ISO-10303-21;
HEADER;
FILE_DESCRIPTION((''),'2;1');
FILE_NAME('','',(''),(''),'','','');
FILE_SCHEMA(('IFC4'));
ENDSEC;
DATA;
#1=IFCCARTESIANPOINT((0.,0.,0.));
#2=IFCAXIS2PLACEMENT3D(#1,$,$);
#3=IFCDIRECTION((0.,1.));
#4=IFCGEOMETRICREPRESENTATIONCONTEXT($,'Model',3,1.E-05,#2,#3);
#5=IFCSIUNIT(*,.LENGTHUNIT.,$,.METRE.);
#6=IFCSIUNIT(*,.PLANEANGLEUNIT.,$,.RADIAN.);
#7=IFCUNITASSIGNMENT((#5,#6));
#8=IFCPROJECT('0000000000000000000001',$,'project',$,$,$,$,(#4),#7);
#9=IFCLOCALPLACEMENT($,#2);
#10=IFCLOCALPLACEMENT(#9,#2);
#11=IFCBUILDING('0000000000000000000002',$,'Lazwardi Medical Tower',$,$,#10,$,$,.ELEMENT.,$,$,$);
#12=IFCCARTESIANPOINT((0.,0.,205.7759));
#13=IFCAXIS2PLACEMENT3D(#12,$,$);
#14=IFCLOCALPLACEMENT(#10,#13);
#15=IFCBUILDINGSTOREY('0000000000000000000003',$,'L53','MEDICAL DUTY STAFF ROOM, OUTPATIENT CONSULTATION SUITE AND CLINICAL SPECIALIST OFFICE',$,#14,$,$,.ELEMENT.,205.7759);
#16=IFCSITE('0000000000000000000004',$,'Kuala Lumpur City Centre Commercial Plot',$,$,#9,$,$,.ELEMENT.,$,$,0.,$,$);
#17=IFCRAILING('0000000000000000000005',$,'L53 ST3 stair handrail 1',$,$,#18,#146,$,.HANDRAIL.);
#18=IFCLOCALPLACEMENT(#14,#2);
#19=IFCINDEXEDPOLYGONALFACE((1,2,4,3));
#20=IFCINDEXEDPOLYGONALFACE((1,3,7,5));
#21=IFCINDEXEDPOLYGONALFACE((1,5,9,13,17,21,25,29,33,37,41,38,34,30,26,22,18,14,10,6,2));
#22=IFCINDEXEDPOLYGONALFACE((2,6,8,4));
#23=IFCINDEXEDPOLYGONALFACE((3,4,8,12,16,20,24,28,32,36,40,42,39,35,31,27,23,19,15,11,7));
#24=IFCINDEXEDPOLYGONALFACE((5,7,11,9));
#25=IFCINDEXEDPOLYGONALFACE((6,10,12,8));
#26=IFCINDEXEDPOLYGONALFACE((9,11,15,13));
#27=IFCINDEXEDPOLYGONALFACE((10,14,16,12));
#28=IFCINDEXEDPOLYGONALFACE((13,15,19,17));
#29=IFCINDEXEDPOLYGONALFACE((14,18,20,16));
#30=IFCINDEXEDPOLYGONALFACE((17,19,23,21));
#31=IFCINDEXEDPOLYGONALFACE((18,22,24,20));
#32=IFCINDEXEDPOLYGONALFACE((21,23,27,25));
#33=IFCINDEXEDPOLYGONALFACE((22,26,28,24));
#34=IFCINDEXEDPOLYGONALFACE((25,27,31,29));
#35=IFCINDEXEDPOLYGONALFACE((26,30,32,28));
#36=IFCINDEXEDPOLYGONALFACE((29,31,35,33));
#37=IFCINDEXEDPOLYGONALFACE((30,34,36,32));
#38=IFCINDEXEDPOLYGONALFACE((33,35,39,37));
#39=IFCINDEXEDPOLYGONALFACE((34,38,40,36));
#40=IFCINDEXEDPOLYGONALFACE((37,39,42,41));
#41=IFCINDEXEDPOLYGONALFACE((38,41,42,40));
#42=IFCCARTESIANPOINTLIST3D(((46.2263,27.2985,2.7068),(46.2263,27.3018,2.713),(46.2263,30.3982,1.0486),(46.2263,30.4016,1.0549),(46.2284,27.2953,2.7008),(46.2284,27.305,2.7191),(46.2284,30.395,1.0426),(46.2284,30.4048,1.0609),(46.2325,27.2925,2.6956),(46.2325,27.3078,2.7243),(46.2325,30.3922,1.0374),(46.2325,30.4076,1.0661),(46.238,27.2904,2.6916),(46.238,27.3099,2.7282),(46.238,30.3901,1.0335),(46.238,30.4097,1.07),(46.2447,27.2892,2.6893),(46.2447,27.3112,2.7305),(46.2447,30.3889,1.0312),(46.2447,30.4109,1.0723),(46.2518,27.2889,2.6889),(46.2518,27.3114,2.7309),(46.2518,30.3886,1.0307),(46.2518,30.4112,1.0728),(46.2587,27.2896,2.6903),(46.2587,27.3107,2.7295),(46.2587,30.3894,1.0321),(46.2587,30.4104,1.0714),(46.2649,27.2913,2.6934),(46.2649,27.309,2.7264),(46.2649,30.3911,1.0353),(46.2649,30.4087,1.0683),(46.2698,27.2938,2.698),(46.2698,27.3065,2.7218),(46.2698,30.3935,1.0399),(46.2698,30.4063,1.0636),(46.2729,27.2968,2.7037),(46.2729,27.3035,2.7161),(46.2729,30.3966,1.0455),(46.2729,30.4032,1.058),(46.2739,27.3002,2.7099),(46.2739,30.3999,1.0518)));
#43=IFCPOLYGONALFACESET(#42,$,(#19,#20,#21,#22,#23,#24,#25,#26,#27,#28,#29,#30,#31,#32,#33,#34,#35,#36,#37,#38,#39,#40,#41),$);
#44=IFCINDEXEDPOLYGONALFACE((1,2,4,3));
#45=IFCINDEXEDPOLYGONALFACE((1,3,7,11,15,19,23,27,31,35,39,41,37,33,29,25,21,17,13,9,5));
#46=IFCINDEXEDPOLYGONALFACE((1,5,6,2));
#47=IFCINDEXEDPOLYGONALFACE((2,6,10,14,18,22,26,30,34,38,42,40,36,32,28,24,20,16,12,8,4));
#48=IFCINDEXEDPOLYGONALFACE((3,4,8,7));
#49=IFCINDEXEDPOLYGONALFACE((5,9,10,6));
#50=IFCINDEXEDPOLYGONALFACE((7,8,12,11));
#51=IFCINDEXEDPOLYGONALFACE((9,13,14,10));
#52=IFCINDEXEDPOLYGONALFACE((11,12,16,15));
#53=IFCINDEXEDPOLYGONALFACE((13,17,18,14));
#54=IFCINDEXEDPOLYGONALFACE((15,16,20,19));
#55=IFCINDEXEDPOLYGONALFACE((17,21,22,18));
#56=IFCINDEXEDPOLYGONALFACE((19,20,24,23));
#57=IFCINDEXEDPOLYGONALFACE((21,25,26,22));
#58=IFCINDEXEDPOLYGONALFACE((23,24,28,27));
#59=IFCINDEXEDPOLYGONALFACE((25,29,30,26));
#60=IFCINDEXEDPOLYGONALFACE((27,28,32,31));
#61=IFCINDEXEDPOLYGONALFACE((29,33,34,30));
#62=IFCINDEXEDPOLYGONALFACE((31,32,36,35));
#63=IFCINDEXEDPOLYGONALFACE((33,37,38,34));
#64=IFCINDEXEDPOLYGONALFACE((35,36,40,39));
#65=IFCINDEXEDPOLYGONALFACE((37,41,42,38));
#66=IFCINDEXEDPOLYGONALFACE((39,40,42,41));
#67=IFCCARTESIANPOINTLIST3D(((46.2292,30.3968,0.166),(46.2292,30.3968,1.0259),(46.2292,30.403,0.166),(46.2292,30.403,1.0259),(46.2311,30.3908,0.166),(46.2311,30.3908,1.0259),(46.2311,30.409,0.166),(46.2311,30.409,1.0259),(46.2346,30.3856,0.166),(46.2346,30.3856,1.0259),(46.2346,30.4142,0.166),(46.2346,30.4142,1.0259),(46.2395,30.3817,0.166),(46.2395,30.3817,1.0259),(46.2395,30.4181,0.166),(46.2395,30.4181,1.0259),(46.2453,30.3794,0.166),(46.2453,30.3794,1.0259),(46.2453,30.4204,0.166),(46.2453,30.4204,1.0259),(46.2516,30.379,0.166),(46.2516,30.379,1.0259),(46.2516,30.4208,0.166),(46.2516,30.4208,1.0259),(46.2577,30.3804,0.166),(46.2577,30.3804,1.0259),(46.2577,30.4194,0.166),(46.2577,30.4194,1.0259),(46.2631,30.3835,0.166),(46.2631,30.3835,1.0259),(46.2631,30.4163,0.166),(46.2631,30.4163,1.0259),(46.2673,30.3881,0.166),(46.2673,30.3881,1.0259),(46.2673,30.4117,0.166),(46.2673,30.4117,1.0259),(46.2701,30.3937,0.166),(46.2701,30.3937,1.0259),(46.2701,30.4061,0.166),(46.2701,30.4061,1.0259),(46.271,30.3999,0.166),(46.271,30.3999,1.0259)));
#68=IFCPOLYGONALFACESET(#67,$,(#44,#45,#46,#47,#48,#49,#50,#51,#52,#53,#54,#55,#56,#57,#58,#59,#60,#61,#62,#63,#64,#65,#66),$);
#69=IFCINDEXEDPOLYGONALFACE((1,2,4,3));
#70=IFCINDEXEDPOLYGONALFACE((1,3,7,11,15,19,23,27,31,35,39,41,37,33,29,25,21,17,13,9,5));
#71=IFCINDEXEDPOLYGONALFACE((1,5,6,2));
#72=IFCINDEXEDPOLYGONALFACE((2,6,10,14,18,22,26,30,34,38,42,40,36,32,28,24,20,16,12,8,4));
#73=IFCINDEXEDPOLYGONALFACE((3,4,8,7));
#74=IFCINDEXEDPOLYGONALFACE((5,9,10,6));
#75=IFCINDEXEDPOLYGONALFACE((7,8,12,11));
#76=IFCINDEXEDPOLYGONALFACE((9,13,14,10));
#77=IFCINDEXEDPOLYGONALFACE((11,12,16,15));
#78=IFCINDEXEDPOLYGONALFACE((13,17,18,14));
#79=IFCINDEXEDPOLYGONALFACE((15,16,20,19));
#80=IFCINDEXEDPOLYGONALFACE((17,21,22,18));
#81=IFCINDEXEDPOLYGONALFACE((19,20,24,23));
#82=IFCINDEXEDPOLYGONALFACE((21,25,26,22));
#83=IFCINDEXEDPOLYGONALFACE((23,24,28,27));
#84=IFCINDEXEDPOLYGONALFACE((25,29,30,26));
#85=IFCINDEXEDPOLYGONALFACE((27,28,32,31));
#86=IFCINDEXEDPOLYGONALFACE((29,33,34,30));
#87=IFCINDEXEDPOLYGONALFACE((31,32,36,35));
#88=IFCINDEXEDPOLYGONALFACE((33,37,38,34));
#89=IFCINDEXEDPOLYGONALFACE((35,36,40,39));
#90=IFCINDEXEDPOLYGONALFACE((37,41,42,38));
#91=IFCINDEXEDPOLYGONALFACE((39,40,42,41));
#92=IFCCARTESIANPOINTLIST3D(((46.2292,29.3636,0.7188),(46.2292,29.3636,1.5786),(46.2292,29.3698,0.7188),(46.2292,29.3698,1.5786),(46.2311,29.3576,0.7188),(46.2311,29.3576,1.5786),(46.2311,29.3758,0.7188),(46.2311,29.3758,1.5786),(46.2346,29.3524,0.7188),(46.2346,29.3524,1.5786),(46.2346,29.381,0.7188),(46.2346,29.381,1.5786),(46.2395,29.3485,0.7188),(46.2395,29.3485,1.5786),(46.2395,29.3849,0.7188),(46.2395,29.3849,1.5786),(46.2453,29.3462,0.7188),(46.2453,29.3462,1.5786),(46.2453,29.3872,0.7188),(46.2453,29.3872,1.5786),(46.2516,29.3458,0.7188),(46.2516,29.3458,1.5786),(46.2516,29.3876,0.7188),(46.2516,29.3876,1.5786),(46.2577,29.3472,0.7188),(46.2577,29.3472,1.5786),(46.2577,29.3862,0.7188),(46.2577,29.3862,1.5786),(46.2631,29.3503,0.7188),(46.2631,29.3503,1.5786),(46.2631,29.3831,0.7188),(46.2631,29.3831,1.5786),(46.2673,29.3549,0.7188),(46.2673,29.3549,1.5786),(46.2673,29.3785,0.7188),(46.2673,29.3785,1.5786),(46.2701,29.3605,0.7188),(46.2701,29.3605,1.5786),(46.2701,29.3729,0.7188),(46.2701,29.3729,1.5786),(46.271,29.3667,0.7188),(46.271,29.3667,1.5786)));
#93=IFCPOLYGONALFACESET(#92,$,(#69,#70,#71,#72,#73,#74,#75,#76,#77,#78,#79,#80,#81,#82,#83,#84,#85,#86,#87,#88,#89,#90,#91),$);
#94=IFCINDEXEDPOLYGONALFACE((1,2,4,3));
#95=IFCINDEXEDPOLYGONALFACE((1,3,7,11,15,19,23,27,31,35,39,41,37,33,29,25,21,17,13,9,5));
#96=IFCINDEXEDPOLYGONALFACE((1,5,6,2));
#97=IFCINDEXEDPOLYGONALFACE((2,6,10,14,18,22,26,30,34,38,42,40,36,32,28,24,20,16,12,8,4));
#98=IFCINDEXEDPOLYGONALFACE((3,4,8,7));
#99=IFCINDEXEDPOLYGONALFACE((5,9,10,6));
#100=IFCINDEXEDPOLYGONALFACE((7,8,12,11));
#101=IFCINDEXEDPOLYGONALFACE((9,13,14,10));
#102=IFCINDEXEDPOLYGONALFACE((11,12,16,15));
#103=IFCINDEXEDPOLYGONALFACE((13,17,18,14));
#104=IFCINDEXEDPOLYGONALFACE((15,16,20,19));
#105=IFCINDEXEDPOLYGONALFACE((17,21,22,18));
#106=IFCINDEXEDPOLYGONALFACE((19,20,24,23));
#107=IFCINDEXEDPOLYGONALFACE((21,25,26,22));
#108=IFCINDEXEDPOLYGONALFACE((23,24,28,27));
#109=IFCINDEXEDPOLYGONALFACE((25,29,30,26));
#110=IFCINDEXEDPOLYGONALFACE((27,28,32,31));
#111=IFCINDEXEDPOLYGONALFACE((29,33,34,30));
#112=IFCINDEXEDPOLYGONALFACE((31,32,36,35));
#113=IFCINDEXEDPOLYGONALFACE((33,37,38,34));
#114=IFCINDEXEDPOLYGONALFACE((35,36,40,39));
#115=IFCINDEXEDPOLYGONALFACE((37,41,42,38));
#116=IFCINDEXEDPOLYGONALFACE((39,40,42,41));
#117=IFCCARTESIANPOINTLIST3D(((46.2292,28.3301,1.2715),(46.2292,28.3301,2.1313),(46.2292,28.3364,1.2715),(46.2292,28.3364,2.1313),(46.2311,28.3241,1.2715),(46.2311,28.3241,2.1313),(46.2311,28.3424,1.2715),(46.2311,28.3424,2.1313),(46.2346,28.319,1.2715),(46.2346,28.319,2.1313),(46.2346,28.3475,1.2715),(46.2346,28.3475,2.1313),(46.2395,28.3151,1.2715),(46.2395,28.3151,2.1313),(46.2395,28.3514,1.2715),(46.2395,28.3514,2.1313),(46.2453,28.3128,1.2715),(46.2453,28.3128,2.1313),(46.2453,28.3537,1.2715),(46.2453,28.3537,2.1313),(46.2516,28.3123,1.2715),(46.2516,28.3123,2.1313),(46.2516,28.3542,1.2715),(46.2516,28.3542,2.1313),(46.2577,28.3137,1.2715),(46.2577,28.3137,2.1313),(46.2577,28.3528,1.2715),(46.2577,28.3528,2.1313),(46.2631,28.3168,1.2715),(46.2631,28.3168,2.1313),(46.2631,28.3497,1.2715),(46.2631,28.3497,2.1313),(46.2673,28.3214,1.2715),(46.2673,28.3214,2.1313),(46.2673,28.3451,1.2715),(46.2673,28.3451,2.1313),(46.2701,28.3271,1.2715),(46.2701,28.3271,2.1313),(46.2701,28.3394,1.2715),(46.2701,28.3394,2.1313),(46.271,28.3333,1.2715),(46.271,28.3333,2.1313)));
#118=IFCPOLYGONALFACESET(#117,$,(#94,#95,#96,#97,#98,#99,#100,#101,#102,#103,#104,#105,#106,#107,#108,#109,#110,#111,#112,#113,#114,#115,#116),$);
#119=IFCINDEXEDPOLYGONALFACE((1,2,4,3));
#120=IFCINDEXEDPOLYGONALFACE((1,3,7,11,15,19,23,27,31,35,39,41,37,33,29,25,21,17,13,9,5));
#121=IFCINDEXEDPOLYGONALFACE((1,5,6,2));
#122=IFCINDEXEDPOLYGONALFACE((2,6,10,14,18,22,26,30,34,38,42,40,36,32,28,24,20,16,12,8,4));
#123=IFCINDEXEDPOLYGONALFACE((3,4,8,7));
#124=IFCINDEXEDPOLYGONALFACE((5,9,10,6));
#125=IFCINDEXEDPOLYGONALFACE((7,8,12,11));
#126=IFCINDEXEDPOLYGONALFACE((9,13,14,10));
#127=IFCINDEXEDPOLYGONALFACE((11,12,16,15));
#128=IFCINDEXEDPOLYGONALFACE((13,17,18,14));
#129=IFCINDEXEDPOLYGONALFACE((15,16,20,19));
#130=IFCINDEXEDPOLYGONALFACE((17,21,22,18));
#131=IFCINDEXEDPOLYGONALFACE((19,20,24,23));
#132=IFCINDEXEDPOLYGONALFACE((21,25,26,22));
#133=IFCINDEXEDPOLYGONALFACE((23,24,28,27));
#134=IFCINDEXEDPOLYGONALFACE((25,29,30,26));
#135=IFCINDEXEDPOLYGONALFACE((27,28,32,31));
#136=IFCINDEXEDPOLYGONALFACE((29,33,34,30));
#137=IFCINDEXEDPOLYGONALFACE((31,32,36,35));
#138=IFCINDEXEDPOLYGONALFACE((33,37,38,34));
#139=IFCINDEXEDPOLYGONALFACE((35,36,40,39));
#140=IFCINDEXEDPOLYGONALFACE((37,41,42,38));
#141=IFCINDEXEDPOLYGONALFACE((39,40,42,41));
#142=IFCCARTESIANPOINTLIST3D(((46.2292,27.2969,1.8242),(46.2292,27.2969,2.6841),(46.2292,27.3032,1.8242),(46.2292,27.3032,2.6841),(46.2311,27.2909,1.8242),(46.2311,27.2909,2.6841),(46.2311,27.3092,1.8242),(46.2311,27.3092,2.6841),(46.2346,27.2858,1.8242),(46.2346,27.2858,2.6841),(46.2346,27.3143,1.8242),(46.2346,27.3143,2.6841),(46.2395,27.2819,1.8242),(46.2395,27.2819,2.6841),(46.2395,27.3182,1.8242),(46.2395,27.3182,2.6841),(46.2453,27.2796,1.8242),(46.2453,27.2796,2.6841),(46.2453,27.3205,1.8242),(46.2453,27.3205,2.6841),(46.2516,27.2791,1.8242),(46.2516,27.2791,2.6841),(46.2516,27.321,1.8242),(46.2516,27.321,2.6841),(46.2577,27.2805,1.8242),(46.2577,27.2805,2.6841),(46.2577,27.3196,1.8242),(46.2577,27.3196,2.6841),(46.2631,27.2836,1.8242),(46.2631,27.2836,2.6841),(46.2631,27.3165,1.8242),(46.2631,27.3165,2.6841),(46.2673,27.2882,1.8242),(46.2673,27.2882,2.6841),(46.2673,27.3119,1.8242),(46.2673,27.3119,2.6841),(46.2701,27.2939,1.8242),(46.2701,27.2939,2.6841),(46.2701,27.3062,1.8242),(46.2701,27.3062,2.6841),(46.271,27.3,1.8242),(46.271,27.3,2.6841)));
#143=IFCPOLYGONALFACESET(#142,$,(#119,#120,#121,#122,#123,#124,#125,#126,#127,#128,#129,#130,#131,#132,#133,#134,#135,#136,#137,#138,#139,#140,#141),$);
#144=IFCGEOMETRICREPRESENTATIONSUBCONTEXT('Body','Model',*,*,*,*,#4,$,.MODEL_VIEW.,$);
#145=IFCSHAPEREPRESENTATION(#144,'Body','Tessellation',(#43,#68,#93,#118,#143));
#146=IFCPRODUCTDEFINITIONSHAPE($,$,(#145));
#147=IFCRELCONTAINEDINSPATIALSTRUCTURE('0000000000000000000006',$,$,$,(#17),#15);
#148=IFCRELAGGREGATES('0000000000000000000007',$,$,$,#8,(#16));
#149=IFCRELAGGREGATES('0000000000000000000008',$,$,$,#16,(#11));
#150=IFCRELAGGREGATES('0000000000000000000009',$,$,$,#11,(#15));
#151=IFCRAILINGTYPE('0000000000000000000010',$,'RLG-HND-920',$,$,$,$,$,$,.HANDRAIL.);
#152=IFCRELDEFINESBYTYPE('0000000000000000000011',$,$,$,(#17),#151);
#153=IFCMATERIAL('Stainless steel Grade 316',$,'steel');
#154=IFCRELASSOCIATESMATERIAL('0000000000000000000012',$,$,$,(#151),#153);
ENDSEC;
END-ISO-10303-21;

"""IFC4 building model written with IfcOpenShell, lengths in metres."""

from ifc_helpers import new_model, si_unit, direction, frame, origin, origin_2d, place, context, subcontext, project, spatial, circle, extrude, material, type_object, element, save


model = new_model("IFC4")

# Units and contexts
model_context = context("Model", 3, precision=1e-05, world=origin(), true_north=direction((0.0, 1.0)))
body_context = subcontext(model_context, "Body", "Model", "MODEL_VIEW")
ifc_project = project(units=[si_unit("LENGTHUNIT", "METRE"), si_unit("PLANEANGLEUNIT", "RADIAN")], contexts=[model_context])

# Site, building, storey
site_placement = place(None, origin())
site = spatial("IfcSite", under=ifc_project, at=site_placement, Name="Kuala Lumpur City Centre Commercial Plot", CompositionType="ELEMENT", RefElevation=0.0)
building_placement = place(site_placement, origin())
building = spatial("IfcBuilding", under=site, at=building_placement, Name="Lazwardi Medical Tower", CompositionType="ELEMENT")
storey_placement = place(building_placement, frame((0.0, 0.0, 205.7759)))
storey = spatial("IfcBuildingStorey", under=building, at=storey_placement, Name="L53", Description="MEDICAL DUTY STAFF ROOM, OUTPATIENT CONSULTATION SUITE AND CLINICAL SPECIALIST OFFICE", CompositionType="ELEMENT", Elevation=205.7759)

# Railing
ifc_material_1 = material(Name="Stainless steel Grade 316", Category="steel")
railing_type_1 = type_object("IfcRailingType", Name="RLG-HND-920", PredefinedType="HANDRAIL", material=ifc_material_1)
railing_1_placement = place(storey_placement, frame((46.25, 30.3999, 0.166)))
element("IfcRailing", 1, at=railing_1_placement, inside=storey, type_object=railing_type_1, Name="L53 ST3 stair handrail 1", PredefinedType="HANDRAIL", context=body_context, shape_type="SweptSolid", body=[
    extrude(circle(Radius=0.0239, at=origin_2d()), frame((0.0, 0.0, 0.8857), z_axis=(0.0, -0.881768, 0.471684), x_axis=(1.0, 0.0, 0.0)), (0.0, 0.0, 1.0), 3.5154),
    extrude(circle(Radius=0.021, at=origin_2d()), origin(), (0.0, 0.0, 1.0), 0.8599),
    extrude(circle(Radius=0.021, at=origin_2d()), frame((0.0, -1.0332, 0.5527)), (0.0, 0.0, 1.0), 0.8599),
    extrude(circle(Radius=0.021, at=origin_2d()), frame((0.0, -2.0667, 1.1055)), (0.0, 0.0, 1.0), 0.8599),
    extrude(circle(Radius=0.021, at=origin_2d()), frame((0.0, -3.0999, 1.6582)), (0.0, 0.0, 1.0), 0.8599),
])

save(model, "model.ifc")
